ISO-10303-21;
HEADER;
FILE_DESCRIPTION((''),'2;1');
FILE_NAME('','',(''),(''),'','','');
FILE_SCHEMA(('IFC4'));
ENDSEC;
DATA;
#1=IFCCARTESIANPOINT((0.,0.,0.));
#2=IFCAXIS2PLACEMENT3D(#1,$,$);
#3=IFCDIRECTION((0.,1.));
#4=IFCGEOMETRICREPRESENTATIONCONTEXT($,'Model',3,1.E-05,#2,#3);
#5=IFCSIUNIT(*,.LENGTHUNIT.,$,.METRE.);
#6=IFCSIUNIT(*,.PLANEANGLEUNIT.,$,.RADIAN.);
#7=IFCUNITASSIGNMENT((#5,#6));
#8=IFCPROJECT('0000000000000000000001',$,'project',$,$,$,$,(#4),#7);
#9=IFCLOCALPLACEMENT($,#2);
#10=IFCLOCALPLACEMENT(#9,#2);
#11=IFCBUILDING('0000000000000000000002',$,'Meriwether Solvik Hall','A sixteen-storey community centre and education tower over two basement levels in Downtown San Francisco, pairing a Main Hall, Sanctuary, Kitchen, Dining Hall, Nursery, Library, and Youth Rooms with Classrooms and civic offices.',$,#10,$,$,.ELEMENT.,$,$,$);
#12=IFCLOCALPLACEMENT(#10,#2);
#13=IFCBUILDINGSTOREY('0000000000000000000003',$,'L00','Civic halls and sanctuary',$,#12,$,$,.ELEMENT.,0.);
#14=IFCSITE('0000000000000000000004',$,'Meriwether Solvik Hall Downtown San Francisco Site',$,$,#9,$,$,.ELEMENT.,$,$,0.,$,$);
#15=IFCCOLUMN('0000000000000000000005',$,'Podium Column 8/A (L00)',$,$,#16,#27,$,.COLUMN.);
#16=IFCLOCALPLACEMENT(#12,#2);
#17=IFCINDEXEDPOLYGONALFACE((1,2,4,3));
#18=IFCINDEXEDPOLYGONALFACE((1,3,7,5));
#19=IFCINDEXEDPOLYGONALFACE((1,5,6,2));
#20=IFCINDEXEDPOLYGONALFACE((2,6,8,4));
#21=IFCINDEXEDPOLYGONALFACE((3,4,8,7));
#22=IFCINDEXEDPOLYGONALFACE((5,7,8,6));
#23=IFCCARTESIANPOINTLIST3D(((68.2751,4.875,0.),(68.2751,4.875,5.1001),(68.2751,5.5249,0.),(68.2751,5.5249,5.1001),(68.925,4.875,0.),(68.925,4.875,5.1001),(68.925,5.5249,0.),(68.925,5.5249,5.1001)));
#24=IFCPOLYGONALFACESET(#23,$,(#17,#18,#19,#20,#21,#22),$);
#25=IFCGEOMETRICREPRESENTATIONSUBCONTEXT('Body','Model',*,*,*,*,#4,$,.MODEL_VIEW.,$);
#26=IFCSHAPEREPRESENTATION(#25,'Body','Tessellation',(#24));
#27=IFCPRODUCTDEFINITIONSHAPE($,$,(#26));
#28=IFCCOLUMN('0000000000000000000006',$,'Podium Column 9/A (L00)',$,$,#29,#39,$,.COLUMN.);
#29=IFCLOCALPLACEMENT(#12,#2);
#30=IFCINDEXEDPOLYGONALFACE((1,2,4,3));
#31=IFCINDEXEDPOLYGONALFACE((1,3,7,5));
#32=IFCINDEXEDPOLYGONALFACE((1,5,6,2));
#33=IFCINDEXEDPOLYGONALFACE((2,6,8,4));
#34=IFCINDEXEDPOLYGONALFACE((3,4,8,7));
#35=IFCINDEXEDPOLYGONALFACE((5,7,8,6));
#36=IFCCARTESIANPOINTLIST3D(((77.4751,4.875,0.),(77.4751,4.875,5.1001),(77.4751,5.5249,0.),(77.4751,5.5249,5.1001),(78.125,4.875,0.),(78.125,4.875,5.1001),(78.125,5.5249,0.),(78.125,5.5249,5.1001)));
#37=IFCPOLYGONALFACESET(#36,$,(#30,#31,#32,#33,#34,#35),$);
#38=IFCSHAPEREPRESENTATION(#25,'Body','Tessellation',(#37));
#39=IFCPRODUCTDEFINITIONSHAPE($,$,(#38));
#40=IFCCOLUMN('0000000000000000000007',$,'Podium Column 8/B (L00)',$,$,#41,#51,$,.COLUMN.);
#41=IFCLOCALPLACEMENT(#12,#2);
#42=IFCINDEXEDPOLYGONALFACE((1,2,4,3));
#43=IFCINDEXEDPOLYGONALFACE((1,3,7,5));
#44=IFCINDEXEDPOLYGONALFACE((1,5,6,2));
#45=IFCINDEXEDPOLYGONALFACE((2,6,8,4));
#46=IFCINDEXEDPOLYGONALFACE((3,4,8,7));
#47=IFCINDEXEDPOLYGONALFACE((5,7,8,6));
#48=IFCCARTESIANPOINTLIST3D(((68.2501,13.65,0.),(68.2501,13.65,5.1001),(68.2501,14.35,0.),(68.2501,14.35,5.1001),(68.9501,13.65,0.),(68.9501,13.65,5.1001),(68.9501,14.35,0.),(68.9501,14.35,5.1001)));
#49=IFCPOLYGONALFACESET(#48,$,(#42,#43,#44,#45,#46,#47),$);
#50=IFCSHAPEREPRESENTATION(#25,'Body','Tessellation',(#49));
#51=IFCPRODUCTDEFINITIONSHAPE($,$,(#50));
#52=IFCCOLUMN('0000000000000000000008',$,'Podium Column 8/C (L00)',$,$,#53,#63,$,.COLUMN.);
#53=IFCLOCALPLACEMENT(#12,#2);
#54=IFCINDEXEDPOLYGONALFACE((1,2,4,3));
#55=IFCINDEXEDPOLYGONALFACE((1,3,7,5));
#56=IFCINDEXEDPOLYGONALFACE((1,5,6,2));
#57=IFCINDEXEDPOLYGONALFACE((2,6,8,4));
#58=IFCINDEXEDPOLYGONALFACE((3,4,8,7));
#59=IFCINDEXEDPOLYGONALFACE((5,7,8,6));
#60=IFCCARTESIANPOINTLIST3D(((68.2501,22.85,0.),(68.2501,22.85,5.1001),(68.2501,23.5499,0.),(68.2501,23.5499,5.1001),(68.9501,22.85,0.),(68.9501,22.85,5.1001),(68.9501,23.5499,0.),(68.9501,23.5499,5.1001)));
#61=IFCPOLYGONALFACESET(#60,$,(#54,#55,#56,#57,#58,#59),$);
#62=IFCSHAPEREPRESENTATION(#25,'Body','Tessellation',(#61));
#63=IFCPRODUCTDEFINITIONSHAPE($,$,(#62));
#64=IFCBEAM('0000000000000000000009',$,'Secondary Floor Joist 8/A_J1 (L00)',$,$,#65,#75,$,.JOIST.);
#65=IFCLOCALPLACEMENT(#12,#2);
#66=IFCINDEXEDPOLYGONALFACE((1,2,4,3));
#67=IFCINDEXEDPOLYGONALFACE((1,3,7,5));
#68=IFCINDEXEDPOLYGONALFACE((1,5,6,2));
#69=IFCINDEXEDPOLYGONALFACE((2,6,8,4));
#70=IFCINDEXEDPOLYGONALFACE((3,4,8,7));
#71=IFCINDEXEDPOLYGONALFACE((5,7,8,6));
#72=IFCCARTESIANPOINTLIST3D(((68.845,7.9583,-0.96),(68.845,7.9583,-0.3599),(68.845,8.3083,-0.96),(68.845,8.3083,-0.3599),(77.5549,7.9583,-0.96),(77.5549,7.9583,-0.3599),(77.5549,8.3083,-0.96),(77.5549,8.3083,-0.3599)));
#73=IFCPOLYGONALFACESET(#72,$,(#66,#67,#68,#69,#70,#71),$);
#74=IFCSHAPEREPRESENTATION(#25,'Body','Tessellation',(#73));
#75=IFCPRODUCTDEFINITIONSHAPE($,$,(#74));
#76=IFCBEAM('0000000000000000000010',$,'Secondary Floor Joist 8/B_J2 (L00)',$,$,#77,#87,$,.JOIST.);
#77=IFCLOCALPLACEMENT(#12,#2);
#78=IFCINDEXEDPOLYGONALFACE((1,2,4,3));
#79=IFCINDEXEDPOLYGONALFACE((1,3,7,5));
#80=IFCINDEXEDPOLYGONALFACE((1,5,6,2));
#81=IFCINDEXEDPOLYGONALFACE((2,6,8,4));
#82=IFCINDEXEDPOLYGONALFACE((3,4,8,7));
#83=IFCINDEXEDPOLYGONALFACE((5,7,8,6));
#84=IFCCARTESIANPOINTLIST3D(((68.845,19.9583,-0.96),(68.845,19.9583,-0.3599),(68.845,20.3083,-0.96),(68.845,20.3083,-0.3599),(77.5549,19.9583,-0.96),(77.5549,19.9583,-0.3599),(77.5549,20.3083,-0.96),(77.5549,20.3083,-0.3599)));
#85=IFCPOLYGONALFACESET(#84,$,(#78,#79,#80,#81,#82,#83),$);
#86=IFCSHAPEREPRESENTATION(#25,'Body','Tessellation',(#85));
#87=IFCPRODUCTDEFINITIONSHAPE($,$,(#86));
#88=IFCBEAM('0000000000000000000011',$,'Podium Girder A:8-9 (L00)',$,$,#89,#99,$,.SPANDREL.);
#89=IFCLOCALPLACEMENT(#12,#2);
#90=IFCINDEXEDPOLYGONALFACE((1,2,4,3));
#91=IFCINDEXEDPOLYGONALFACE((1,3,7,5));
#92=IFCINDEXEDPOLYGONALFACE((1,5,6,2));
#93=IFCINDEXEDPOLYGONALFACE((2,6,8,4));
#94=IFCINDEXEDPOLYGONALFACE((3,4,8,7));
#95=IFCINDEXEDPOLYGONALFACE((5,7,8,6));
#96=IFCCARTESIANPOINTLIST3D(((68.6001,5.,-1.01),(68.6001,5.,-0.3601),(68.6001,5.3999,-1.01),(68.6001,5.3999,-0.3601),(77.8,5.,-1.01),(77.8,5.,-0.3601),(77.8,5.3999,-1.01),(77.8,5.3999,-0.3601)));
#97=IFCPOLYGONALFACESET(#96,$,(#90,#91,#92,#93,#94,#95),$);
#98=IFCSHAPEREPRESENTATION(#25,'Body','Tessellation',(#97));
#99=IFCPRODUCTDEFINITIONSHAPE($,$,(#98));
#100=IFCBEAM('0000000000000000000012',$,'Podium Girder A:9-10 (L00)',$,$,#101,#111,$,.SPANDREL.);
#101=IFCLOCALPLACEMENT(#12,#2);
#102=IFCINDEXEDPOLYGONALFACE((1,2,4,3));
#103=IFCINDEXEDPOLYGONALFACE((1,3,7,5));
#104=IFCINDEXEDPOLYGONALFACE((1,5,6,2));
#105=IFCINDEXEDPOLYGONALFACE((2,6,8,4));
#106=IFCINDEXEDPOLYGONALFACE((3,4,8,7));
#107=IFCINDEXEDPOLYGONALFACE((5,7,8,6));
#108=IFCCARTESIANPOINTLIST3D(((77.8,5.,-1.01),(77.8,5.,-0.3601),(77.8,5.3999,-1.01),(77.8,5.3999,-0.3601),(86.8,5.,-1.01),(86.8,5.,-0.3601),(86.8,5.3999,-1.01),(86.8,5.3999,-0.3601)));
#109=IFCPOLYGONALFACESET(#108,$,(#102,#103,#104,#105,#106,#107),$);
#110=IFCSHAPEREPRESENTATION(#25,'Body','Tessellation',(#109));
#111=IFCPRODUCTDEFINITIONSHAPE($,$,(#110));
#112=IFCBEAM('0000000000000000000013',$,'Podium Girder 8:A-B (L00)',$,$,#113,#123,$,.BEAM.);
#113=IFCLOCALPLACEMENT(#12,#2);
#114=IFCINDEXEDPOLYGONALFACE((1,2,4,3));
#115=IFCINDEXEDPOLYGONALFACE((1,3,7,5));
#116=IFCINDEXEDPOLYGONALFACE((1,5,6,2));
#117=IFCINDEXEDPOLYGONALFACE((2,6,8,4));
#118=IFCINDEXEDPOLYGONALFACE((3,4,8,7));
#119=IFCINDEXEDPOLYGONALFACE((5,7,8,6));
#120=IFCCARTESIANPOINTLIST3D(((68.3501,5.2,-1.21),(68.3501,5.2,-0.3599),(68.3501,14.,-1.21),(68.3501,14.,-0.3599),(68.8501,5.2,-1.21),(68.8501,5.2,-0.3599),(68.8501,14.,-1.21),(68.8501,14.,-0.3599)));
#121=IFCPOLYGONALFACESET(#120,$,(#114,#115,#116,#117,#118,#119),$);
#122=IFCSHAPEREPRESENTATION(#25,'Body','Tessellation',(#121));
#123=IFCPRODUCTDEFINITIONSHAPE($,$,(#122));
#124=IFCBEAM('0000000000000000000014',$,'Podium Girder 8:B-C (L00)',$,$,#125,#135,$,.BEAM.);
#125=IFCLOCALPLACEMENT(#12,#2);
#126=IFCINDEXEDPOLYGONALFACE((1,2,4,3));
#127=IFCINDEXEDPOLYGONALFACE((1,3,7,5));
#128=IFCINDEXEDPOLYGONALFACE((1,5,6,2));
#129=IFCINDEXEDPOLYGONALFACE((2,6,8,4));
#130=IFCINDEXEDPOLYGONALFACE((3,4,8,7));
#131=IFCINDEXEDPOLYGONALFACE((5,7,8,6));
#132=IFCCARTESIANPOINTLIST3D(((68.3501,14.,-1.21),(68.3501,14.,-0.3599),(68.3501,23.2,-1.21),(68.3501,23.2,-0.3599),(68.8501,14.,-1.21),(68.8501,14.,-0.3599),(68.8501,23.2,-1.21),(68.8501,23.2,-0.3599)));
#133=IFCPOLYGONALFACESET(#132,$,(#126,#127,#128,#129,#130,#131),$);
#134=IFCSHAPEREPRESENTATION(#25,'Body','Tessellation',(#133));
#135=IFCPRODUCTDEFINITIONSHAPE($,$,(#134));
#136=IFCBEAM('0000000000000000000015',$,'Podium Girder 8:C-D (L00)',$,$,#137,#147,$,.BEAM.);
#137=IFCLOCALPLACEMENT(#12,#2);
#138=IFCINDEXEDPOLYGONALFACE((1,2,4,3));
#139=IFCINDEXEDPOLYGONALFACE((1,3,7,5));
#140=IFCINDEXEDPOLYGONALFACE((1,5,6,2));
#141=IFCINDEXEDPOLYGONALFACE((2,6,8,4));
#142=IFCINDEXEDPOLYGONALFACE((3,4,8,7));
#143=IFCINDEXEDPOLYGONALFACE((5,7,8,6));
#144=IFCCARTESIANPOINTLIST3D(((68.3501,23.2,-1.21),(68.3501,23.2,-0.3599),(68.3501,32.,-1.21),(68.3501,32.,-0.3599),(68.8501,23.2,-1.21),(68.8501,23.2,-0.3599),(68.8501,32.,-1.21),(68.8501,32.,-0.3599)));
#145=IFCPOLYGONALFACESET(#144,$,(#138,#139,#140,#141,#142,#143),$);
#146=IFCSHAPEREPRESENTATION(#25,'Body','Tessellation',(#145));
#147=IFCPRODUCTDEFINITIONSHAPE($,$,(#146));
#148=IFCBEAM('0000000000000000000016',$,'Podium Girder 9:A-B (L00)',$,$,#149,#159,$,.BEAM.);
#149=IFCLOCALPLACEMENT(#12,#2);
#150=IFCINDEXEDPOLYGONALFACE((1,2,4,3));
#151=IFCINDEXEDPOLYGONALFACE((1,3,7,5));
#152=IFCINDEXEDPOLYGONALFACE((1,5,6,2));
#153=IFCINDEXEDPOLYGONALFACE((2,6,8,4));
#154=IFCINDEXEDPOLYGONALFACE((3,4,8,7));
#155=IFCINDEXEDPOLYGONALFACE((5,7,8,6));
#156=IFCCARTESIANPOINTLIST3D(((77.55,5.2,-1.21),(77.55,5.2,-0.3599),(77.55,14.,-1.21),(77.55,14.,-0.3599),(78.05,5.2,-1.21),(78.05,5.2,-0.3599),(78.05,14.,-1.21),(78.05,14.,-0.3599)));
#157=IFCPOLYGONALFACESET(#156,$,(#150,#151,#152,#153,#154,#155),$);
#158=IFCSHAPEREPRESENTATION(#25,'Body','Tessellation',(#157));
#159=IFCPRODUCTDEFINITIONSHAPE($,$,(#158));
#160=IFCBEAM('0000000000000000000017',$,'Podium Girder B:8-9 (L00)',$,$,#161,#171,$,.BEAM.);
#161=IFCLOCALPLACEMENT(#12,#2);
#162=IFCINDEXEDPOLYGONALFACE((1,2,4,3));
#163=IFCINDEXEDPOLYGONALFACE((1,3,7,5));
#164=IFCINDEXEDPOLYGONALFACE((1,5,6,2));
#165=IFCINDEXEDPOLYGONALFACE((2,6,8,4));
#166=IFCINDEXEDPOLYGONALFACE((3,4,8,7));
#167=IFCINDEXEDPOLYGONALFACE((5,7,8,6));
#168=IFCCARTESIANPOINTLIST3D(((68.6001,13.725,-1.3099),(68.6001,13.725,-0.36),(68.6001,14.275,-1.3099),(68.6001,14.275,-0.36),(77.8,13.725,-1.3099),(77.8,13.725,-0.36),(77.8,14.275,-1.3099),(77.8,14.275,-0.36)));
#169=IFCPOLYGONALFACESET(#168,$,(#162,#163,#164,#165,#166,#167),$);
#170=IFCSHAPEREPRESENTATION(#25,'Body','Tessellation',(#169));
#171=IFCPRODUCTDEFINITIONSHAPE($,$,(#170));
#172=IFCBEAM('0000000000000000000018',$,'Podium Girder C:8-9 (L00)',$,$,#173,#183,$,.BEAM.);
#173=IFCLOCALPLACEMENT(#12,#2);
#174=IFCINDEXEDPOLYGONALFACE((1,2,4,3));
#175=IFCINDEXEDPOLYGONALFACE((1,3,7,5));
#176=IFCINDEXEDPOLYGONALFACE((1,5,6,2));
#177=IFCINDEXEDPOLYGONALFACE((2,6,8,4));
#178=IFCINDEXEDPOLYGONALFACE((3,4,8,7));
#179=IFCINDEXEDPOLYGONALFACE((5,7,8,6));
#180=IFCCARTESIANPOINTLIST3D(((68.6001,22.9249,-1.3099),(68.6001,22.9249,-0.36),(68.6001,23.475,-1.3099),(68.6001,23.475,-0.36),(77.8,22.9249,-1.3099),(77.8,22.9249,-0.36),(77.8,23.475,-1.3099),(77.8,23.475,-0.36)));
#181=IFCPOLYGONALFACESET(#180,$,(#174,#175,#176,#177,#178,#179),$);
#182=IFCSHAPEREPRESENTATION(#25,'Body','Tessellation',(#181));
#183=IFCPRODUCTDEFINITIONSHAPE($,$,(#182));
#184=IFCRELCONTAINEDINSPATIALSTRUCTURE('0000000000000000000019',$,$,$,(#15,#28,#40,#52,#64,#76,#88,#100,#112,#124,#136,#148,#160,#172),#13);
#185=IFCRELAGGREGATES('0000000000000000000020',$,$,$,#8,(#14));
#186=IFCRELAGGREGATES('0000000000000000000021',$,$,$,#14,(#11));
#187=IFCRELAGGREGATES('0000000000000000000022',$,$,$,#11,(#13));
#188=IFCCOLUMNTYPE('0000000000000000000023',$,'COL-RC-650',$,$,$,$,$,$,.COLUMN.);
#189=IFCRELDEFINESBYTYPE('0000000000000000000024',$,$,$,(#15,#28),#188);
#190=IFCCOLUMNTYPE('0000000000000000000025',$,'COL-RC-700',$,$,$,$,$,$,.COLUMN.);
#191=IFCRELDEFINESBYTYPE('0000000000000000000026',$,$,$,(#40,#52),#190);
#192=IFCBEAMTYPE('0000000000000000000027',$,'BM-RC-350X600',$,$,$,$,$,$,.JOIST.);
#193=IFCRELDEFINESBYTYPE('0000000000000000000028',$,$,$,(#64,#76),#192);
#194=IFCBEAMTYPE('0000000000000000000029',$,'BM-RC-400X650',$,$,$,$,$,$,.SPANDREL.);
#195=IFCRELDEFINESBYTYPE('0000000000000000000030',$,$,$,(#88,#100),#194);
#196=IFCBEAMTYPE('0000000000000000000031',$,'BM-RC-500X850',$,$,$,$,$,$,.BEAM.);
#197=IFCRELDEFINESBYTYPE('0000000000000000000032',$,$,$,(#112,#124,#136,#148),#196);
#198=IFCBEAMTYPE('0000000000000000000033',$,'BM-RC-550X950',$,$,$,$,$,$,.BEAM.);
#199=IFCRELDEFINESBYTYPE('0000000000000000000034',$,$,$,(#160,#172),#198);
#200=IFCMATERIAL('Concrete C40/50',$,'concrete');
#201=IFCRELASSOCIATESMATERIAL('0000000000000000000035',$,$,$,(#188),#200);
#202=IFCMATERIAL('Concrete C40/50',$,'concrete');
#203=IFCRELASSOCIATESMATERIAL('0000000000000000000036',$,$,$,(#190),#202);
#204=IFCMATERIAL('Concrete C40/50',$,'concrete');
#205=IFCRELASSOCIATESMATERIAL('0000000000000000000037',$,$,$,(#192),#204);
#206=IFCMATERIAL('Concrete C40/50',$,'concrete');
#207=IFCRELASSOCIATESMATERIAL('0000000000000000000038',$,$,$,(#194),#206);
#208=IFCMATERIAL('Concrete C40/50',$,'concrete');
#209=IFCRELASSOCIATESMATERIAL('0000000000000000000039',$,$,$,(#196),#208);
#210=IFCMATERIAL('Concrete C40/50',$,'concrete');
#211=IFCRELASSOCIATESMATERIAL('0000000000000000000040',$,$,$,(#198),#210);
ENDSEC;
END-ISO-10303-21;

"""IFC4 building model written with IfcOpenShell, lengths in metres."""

from ifc_helpers import new_model, si_unit, direction, frame, origin, origin_2d, place, context, subcontext, project, spatial, rectangle, extrude, material, material_profile, profile_set, type_object, element, save


model = new_model("IFC4")

# Units and contexts
model_context = context("Model", 3, precision=1e-05, world=origin(), true_north=direction((0.0, 1.0)))
body_context = subcontext(model_context, "Body", "Model", "MODEL_VIEW")
ifc_project = project(units=[si_unit("LENGTHUNIT", "METRE"), si_unit("PLANEANGLEUNIT", "RADIAN")], contexts=[model_context])

# Site, building, storey
site_placement = place(None, origin())
site = spatial("IfcSite", under=ifc_project, at=site_placement, Name="Meriwether Solvik Hall Downtown San Francisco Site", CompositionType="ELEMENT", RefElevation=0.0)
building_placement = place(site_placement, origin())
building = spatial("IfcBuilding", under=site, at=building_placement, Name="Meriwether Solvik Hall", Description="A sixteen-storey community centre and education tower over two basement levels in Downtown San Francisco, pairing a Main Hall, Sanctuary, Kitchen, Dining Hall, Nursery, Library, and Youth Rooms with Classrooms and civic offices.", CompositionType="ELEMENT")
storey_placement = place(building_placement, origin())
storey = spatial("IfcBuildingStorey", under=building, at=storey_placement, Name="L00", Description="Civic halls and sanctuary", CompositionType="ELEMENT", Elevation=0.0)

# Columns
ifc_material_1 = material(Name="Concrete C40/50", Category="concrete")
ifc_material_profile_1 = material_profile(ifc_material_1, rectangle(XDim=0.6499, YDim=0.6499, at=origin_2d()), Name="RCC-650X650")
ifc_profile_set_1 = profile_set([ifc_material_profile_1], Name="Concrete C40/50")
column_type_1 = type_object("IfcColumnType", Name="COL-RC-650", PredefinedType="COLUMN", material=ifc_profile_set_1)
for number, where, z_axis, x_axis, name in (
    (1, (68.6001, 5.2, 0.0), (0.0, 0.0, 1.0), (1.0, 0.0, 0.0), "Podium Column 8/A (L00)"),
    (2, (77.8, 5.2, 0.0), (0.0, 0.0, 1.0), (1.0, 0.0, 0.0), "Podium Column 9/A (L00)"),
):
    element("IfcColumn", number, at=place(storey_placement, frame(where, z_axis=z_axis, x_axis=x_axis)), inside=storey, type_object=column_type_1, Name=name, PredefinedType="COLUMN", context=body_context, shape_type="SweptSolid", body=[
        extrude(rectangle(XDim=0.6499, YDim=0.6499, at=origin_2d()), origin(), (0.0, 0.0, 1.0), 5.1001),
    ])
ifc_material_2 = material(Name="Concrete C40/50", Category="concrete")
ifc_material_profile_2 = material_profile(ifc_material_2, rectangle(XDim=0.7, YDim=0.7, at=origin_2d()), Name="RCC-700X700")
ifc_profile_set_2 = profile_set([ifc_material_profile_2], Name="Concrete C40/50")
column_type_2 = type_object("IfcColumnType", Name="COL-RC-700", PredefinedType="COLUMN", material=ifc_profile_set_2)
for number, where, z_axis, x_axis, name in (
    (3, (68.6001, 14.0, 0.0), (0.0, 0.0, 1.0), (1.0, 0.0, 0.0), "Podium Column 8/B (L00)"),
    (4, (68.6001, 23.2, 0.0), (0.0, 0.0, 1.0), (1.0, 0.0, 0.0), "Podium Column 8/C (L00)"),
):
    element("IfcColumn", number, at=place(storey_placement, frame(where, z_axis=z_axis, x_axis=x_axis)), inside=storey, type_object=column_type_2, Name=name, PredefinedType="COLUMN", context=body_context, shape_type="SweptSolid", body=[
        extrude(rectangle(XDim=0.7, YDim=0.7, at=origin_2d()), origin(), (0.0, 0.0, 1.0), 5.1001),
    ])

# Beams
ifc_material_3 = material(Name="Concrete C40/50", Category="concrete")
ifc_material_profile_3 = material_profile(ifc_material_3, rectangle(XDim=0.3501, YDim=0.6001, at=origin_2d()), Name="RCB-350X600")
ifc_profile_set_3 = profile_set([ifc_material_profile_3], Name="Concrete C40/50")
beam_type_1 = type_object("IfcBeamType", Name="BM-RC-350X600", PredefinedType="JOIST", material=ifc_profile_set_3)
for number, where, z_axis, x_axis, name in (
    (5, (68.845, 8.1333, -0.6599), (1.0, 0.0, 0.0), (0.0, 1.0, 0.0), "Secondary Floor Joist 8/A_J1 (L00)"),
    (6, (68.845, 20.1333, -0.6599), (1.0, 0.0, 0.0), (0.0, 1.0, 0.0), "Secondary Floor Joist 8/B_J2 (L00)"),
):
    element("IfcBeam", number, at=place(storey_placement, frame(where, z_axis=z_axis, x_axis=x_axis)), inside=storey, type_object=beam_type_1, Name=name, PredefinedType="JOIST", context=body_context, shape_type="SweptSolid", body=[
        extrude(rectangle(XDim=0.3501, YDim=0.6001, at=origin_2d()), origin(), (0.0, 0.0, 1.0), 8.71),
    ])
ifc_material_4 = material(Name="Concrete C40/50", Category="concrete")
ifc_material_profile_4 = material_profile(ifc_material_4, rectangle(XDim=0.3999, YDim=0.6499, at=origin_2d()), Name="RCB-400X650")
ifc_profile_set_4 = profile_set([ifc_material_profile_4], Name="Concrete C40/50")
beam_type_2 = type_object("IfcBeamType", Name="BM-RC-400X650", PredefinedType="SPANDREL", material=ifc_profile_set_4)
beam_1_placement = place(storey_placement, frame((68.6001, 5.2, -0.6851), z_axis=(1.0, 0.0, 0.0), x_axis=(0.0, 1.0, 0.0)))
element("IfcBeam", 7, at=beam_1_placement, inside=storey, type_object=beam_type_2, Name="Podium Girder A:8-9 (L00)", PredefinedType="SPANDREL", context=body_context, shape_type="SweptSolid", body=[
    extrude(rectangle(XDim=0.3999, YDim=0.6499, at=origin_2d()), origin(), (0.0, 0.0, 1.0), 9.2),
])
beam_2_placement = place(storey_placement, frame((77.8, 5.2, -0.6851), z_axis=(1.0, 0.0, 0.0), x_axis=(0.0, 1.0, 0.0)))
element("IfcBeam", 8, at=beam_2_placement, inside=storey, type_object=beam_type_2, Name="Podium Girder A:9-10 (L00)", PredefinedType="SPANDREL", context=body_context, shape_type="SweptSolid", body=[
    extrude(rectangle(XDim=0.3999, YDim=0.6499, at=origin_2d()), origin(), (0.0, 0.0, 1.0), 9.0),
])
ifc_material_5 = material(Name="Concrete C40/50", Category="concrete")
ifc_material_profile_5 = material_profile(ifc_material_5, rectangle(XDim=0.5, YDim=0.8501, at=origin_2d()), Name="RCB-500X850")
ifc_profile_set_5 = profile_set([ifc_material_profile_5], Name="Concrete C40/50")
beam_type_3 = type_object("IfcBeamType", Name="BM-RC-500X850", PredefinedType="BEAM", material=ifc_profile_set_5)
beam_3_placement = place(storey_placement, frame((68.6001, 5.2, -0.7849), z_axis=(0.0, 1.0, 0.0), x_axis=(-1.0, 0.0, 0.0)))
element("IfcBeam", 9, at=beam_3_placement, inside=storey, type_object=beam_type_3, Name="Podium Girder 8:A-B (L00)", PredefinedType="BEAM", context=body_context, shape_type="SweptSolid", body=[
    extrude(rectangle(XDim=0.5, YDim=0.8501, at=origin_2d()), origin(), (0.0, 0.0, 1.0), 8.8),
])
beam_4_placement = place(storey_placement, frame((68.6001, 14.0, -0.7849), z_axis=(0.0, 1.0, 0.0), x_axis=(-1.0, 0.0, 0.0)))
element("IfcBeam", 10, at=beam_4_placement, inside=storey, type_object=beam_type_3, Name="Podium Girder 8:B-C (L00)", PredefinedType="BEAM", context=body_context, shape_type="SweptSolid", body=[
    extrude(rectangle(XDim=0.5, YDim=0.8501, at=origin_2d()), origin(), (0.0, 0.0, 1.0), 9.2),
])
for number, where, z_axis, x_axis, name in (
    (11, (68.6001, 23.2, -0.7849), (0.0, 1.0, 0.0), (-1.0, 0.0, 0.0), "Podium Girder 8:C-D (L00)"),
    (12, (77.8, 5.2, -0.7849), (0.0, 1.0, 0.0), (-1.0, 0.0, 0.0), "Podium Girder 9:A-B (L00)"),
):
    element("IfcBeam", number, at=place(storey_placement, frame(where, z_axis=z_axis, x_axis=x_axis)), inside=storey, type_object=beam_type_3, Name=name, PredefinedType="BEAM", context=body_context, shape_type="SweptSolid", body=[
        extrude(rectangle(XDim=0.5, YDim=0.8501, at=origin_2d()), origin(), (0.0, 0.0, 1.0), 8.8),
    ])
ifc_material_6 = material(Name="Concrete C40/50", Category="concrete")
ifc_material_profile_6 = material_profile(ifc_material_6, rectangle(XDim=0.55, YDim=0.95, at=origin_2d()), Name="RCB-550X950")
ifc_profile_set_6 = profile_set([ifc_material_profile_6], Name="Concrete C40/50")
beam_type_4 = type_object("IfcBeamType", Name="BM-RC-550X950", PredefinedType="BEAM", material=ifc_profile_set_6)
for number, where, z_axis, x_axis, name in (
    (13, (68.6001, 14.0, -0.835), (1.0, 0.0, 0.0), (0.0, 1.0, 0.0), "Podium Girder B:8-9 (L00)"),
    (14, (68.6001, 23.2, -0.835), (1.0, 0.0, 0.0), (0.0, 1.0, 0.0), "Podium Girder C:8-9 (L00)"),
):
    element("IfcBeam", number, at=place(storey_placement, frame(where, z_axis=z_axis, x_axis=x_axis)), inside=storey, type_object=beam_type_4, Name=name, PredefinedType="BEAM", context=body_context, shape_type="SweptSolid", body=[
        extrude(rectangle(XDim=0.55, YDim=0.95, at=origin_2d()), origin(), (0.0, 0.0, 1.0), 9.2),
    ])

save(model, "model.ifc")
